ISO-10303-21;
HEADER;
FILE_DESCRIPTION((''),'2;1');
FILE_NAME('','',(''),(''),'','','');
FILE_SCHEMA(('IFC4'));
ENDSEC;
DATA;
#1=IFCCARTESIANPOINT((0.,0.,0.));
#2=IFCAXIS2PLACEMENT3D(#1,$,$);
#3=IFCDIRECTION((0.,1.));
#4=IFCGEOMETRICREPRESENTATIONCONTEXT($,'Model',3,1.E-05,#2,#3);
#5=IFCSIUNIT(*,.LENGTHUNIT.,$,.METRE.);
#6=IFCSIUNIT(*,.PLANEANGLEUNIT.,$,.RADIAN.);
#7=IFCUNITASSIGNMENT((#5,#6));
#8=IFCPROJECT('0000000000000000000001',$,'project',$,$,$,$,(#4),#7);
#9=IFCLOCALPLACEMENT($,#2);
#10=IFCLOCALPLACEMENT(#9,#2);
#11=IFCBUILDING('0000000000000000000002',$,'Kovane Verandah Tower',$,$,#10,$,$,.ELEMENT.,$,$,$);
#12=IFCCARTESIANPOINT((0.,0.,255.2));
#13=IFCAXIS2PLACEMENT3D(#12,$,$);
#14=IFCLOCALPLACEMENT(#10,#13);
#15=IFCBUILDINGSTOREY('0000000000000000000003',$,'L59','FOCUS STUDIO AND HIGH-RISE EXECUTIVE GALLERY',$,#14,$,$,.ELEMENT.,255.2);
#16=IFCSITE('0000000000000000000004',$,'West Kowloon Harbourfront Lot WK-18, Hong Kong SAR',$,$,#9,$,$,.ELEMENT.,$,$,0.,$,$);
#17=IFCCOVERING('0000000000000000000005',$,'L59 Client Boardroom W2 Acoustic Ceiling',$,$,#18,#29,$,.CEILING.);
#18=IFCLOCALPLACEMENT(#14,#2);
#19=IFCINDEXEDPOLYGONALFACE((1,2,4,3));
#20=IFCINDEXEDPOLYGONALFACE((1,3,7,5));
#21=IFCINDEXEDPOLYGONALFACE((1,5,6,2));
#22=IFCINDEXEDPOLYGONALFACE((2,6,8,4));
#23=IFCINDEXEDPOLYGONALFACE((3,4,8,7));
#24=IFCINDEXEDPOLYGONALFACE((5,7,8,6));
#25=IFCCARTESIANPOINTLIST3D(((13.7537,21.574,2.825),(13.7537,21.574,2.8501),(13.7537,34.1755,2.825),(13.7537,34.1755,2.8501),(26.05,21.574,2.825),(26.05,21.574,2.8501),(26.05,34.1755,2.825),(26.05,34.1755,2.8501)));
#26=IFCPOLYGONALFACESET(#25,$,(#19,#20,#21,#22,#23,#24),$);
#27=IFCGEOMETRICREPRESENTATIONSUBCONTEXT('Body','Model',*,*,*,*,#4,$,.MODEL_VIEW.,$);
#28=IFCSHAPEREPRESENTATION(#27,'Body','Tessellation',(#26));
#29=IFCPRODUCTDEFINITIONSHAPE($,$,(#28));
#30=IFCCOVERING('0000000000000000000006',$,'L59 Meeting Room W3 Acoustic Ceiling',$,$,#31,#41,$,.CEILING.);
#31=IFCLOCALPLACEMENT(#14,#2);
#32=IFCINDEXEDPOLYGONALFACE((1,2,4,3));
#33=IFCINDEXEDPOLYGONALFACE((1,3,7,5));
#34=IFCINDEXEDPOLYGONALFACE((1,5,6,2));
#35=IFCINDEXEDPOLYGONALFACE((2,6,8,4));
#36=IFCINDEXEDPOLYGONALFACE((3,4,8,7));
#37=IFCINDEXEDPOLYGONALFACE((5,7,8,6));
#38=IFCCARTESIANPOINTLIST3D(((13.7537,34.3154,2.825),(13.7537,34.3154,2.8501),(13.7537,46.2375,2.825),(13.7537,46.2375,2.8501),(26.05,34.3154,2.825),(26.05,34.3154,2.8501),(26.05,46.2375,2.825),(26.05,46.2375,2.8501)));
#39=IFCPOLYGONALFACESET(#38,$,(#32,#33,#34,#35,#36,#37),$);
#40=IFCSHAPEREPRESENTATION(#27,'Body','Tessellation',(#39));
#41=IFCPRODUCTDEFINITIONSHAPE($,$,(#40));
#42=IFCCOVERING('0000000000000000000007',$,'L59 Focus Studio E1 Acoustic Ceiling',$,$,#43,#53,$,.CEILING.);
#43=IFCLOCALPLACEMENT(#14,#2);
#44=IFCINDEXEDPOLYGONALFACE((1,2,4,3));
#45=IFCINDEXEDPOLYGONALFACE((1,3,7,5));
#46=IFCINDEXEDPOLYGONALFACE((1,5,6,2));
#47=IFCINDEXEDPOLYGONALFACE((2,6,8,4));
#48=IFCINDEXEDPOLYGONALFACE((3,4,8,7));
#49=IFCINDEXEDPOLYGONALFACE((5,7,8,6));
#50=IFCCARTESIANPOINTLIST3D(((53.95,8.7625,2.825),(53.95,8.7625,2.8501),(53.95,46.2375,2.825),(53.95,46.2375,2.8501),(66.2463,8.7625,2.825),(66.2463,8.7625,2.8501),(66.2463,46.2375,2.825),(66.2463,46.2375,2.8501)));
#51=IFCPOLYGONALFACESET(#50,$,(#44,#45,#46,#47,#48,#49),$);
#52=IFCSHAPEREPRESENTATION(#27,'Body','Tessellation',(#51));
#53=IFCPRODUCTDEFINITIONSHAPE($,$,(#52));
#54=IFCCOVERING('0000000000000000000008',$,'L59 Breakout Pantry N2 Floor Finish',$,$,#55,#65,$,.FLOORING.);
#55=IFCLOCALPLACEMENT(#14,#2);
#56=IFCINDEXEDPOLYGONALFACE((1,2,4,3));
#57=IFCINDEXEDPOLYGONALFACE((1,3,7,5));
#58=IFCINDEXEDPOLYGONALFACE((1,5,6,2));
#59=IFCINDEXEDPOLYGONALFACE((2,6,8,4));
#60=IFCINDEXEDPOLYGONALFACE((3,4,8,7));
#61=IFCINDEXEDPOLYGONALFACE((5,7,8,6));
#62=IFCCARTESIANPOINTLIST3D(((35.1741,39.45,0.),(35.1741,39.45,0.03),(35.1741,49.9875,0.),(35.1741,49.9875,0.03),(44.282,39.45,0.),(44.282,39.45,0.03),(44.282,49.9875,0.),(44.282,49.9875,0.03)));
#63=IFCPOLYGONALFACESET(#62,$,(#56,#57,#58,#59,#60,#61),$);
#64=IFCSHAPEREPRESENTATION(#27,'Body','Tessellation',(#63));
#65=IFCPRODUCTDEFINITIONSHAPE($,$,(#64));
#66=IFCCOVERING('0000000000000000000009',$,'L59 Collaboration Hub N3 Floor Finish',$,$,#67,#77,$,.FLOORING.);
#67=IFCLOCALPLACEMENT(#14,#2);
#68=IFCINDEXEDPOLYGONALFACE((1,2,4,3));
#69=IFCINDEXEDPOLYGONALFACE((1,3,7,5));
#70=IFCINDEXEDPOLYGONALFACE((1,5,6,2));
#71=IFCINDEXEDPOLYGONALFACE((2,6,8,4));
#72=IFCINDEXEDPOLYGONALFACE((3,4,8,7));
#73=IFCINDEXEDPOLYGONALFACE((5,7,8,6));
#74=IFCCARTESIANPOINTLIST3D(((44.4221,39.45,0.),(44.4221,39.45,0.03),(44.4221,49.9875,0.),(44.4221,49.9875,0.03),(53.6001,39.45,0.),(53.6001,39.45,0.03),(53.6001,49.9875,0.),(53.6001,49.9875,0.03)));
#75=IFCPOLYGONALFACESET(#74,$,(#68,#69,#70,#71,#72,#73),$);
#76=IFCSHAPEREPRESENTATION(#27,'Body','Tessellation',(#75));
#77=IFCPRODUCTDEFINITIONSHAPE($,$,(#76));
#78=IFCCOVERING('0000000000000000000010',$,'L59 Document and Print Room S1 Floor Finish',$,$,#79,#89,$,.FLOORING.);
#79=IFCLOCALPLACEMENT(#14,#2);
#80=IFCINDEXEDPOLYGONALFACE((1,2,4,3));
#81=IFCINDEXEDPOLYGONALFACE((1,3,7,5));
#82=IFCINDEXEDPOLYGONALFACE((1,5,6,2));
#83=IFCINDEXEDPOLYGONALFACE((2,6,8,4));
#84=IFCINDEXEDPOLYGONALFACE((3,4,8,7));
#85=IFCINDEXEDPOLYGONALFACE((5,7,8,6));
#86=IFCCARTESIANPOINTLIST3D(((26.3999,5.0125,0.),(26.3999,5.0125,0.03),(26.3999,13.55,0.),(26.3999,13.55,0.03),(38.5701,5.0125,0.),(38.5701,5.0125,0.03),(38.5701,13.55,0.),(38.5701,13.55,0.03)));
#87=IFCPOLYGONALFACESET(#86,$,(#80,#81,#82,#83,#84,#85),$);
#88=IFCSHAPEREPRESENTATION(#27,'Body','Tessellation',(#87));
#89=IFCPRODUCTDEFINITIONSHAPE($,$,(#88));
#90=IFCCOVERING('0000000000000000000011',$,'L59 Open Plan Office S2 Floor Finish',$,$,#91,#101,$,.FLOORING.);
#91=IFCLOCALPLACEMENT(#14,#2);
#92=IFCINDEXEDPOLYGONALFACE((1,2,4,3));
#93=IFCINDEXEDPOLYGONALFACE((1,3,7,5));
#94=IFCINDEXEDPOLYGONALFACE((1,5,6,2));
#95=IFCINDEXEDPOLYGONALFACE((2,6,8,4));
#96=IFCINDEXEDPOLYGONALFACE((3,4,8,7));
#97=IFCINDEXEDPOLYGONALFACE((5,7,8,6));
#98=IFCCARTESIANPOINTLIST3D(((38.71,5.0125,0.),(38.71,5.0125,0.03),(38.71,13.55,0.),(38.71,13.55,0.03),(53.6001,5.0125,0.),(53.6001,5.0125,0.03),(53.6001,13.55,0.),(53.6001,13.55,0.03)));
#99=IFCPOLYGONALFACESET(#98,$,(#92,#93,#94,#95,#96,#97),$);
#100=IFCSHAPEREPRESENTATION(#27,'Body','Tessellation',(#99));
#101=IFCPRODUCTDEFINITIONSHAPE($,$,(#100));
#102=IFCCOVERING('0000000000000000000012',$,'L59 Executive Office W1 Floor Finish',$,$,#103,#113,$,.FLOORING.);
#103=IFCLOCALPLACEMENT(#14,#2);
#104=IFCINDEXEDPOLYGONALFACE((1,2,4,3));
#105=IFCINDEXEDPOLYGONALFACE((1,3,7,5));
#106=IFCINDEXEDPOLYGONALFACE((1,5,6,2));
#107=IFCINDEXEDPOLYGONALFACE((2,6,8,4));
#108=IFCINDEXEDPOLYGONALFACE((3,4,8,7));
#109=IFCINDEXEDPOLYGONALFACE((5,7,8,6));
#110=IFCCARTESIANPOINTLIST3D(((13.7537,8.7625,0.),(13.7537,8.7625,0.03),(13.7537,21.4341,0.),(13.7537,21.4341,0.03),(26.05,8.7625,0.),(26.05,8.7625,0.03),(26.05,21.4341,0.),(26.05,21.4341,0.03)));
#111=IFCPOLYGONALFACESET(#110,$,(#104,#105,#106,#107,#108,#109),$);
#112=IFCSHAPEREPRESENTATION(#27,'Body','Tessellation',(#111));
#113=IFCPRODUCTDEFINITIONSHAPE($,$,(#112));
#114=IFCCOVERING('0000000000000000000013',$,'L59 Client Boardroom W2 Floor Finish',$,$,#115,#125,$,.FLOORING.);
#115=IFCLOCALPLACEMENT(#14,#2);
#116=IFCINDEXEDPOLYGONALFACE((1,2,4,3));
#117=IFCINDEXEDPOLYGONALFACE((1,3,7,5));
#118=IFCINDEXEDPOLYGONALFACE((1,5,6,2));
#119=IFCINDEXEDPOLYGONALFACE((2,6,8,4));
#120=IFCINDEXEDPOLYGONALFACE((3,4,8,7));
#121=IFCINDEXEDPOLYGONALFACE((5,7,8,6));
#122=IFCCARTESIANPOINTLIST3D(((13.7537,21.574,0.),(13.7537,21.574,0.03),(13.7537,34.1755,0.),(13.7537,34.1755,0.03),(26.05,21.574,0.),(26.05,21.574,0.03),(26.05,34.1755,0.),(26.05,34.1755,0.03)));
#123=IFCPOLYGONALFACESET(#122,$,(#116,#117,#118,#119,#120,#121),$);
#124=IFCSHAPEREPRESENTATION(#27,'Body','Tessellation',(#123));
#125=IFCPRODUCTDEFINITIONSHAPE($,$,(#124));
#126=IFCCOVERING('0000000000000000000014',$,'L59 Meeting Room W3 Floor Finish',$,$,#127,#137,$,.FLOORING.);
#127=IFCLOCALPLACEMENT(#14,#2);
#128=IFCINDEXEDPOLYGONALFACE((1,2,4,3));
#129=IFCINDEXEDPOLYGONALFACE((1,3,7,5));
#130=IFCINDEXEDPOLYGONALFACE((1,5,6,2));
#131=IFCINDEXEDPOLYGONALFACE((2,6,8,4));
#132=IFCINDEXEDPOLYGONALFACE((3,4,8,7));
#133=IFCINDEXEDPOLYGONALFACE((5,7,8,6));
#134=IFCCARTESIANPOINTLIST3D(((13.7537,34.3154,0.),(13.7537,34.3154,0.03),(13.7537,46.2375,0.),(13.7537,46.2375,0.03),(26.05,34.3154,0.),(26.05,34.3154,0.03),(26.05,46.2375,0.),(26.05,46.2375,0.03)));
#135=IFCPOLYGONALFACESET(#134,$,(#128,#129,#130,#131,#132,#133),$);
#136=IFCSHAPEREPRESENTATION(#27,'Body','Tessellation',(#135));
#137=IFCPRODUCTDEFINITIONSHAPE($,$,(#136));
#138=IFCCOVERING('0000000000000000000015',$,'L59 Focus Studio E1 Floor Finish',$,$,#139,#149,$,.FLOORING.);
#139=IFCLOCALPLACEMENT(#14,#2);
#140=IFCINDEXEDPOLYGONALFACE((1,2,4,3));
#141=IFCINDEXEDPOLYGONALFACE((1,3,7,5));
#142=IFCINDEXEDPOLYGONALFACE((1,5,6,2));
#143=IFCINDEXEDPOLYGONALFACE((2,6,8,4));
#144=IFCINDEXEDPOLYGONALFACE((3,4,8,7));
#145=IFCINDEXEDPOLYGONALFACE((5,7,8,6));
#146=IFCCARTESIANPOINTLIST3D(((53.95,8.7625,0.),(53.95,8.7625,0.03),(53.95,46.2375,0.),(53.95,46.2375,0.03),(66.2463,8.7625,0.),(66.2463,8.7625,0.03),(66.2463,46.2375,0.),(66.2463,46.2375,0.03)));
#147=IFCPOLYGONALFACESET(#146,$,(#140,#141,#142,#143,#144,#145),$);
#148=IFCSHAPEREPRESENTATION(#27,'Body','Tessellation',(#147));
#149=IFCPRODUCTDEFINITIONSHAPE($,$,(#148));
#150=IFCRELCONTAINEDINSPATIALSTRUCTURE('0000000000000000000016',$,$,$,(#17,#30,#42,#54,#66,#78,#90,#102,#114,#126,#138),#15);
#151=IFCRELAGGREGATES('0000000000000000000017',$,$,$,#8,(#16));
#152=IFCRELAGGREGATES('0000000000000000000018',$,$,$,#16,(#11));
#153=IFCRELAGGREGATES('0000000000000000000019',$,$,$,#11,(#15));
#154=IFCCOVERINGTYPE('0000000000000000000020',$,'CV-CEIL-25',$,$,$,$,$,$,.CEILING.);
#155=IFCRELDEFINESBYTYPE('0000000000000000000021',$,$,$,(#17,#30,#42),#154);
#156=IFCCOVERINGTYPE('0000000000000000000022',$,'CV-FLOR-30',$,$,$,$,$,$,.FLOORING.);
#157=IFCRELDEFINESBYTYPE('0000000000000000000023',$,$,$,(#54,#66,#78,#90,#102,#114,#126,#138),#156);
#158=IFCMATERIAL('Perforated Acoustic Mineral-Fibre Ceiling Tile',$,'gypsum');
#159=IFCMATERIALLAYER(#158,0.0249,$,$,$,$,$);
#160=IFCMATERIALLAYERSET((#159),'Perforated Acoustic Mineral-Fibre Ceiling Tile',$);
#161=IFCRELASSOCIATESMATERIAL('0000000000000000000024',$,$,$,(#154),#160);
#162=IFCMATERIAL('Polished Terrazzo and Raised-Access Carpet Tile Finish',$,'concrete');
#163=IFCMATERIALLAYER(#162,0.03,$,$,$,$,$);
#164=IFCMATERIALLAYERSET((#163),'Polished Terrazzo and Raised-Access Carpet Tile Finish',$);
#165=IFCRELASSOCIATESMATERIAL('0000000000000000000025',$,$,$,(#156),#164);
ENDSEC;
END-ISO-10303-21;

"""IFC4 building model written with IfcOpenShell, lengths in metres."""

from ifc_helpers import new_model, si_unit, direction, frame, origin, place, context, subcontext, project, spatial, polyline, outline, extrude, material, layer, layer_set, type_object, element, save


model = new_model("IFC4")

# Units and contexts
model_context = context("Model", 3, precision=1e-05, world=origin(), true_north=direction((0.0, 1.0)))
body_context = subcontext(model_context, "Body", "Model", "MODEL_VIEW")
ifc_project = project(units=[si_unit("LENGTHUNIT", "METRE"), si_unit("PLANEANGLEUNIT", "RADIAN")], contexts=[model_context])

# Site, building, storey
site_placement = place(None, origin())
site = spatial("IfcSite", under=ifc_project, at=site_placement, Name="West Kowloon Harbourfront Lot WK-18, Hong Kong SAR", CompositionType="ELEMENT", RefElevation=0.0)
building_placement = place(site_placement, origin())
building = spatial("IfcBuilding", under=site, at=building_placement, Name="Kovane Verandah Tower", CompositionType="ELEMENT")
storey_placement = place(building_placement, frame((0.0, 0.0, 255.2)))
storey = spatial("IfcBuildingStorey", under=building, at=storey_placement, Name="L59", Description="FOCUS STUDIO AND HIGH-RISE EXECUTIVE GALLERY", CompositionType="ELEMENT", Elevation=255.2)

# Coverings
ifc_material_1 = material(Name="Perforated Acoustic Mineral-Fibre Ceiling Tile", Category="gypsum")
ifc_layer_1 = layer(ifc_material_1, 0.0249)
ifc_layer_set_1 = layer_set([ifc_layer_1], Name="Perforated Acoustic Mineral-Fibre Ceiling Tile")
covering_type_1 = type_object("IfcCoveringType", Name="CV-CEIL-25", PredefinedType="CEILING", material=ifc_layer_set_1)
covering_1_placement = place(storey_placement, frame((0.0, 0.0, 2.825)))
element("IfcCovering", 1, at=covering_1_placement, inside=storey, type_object=covering_type_1, Name="L59 Client Boardroom W2 Acoustic Ceiling", PredefinedType="CEILING", context=body_context, shape_type="SweptSolid", body=[
    extrude(outline(polyline([(13.7537, 21.574), (26.05, 21.574), (26.05, 34.1755), (13.7537, 34.1755), (13.7537, 21.574)])), origin(), (0.0, 0.0, 1.0), 0.0251),
])
covering_2_placement = place(storey_placement, frame((0.0, 0.0, 2.825)))
element("IfcCovering", 2, at=covering_2_placement, inside=storey, type_object=covering_type_1, Name="L59 Meeting Room W3 Acoustic Ceiling", PredefinedType="CEILING", context=body_context, shape_type="SweptSolid", body=[
    extrude(outline(polyline([(13.7537, 34.3154), (26.05, 34.3154), (26.05, 46.2375), (13.7537, 46.2375), (13.7537, 34.3154)])), origin(), (0.0, 0.0, 1.0), 0.0251),
])
covering_3_placement = place(storey_placement, frame((0.0, 0.0, 2.825)))
element("IfcCovering", 3, at=covering_3_placement, inside=storey, type_object=covering_type_1, Name="L59 Focus Studio E1 Acoustic Ceiling", PredefinedType="CEILING", context=body_context, shape_type="SweptSolid", body=[
    extrude(outline(polyline([(53.95, 8.7625), (66.2463, 8.7625), (66.2463, 46.2375), (53.95, 46.2375), (53.95, 8.7625)])), origin(), (0.0, 0.0, 1.0), 0.0251),
])
ifc_material_2 = material(Name="Polished Terrazzo and Raised-Access Carpet Tile Finish", Category="concrete")
ifc_layer_2 = layer(ifc_material_2, 0.03)
ifc_layer_set_2 = layer_set([ifc_layer_2], Name="Polished Terrazzo and Raised-Access Carpet Tile Finish")
covering_type_2 = type_object("IfcCoveringType", Name="CV-FLOR-30", PredefinedType="FLOORING", material=ifc_layer_set_2)
covering_4_placement = place(storey_placement, origin())
element("IfcCovering", 4, at=covering_4_placement, inside=storey, type_object=covering_type_2, Name="L59 Breakout Pantry N2 Floor Finish", PredefinedType="FLOORING", context=body_context, shape_type="SweptSolid", body=[
    extrude(outline(polyline([(35.1741, 39.45), (44.282, 39.45), (44.282, 49.9875), (35.1741, 49.9875), (35.1741, 39.45)])), origin(), (0.0, 0.0, 1.0), 0.03),
])
covering_5_placement = place(storey_placement, origin())
element("IfcCovering", 5, at=covering_5_placement, inside=storey, type_object=covering_type_2, Name="L59 Collaboration Hub N3 Floor Finish", PredefinedType="FLOORING", context=body_context, shape_type="SweptSolid", body=[
    extrude(outline(polyline([(44.4221, 39.45), (53.6001, 39.45), (53.6001, 49.9875), (44.4221, 49.9875), (44.4221, 39.45)])), origin(), (0.0, 0.0, 1.0), 0.03),
])
covering_6_placement = place(storey_placement, origin())
element("IfcCovering", 6, at=covering_6_placement, inside=storey, type_object=covering_type_2, Name="L59 Document and Print Room S1 Floor Finish", PredefinedType="FLOORING", context=body_context, shape_type="SweptSolid", body=[
    extrude(outline(polyline([(26.3999, 5.0125), (38.5701, 5.0125), (38.5701, 13.55), (26.3999, 13.55), (26.3999, 5.0125)])), origin(), (0.0, 0.0, 1.0), 0.03),
])
covering_7_placement = place(storey_placement, origin())
element("IfcCovering", 7, at=covering_7_placement, inside=storey, type_object=covering_type_2, Name="L59 Open Plan Office S2 Floor Finish", PredefinedType="FLOORING", context=body_context, shape_type="SweptSolid", body=[
    extrude(outline(polyline([(38.71, 5.0125), (53.6001, 5.0125), (53.6001, 13.55), (38.71, 13.55), (38.71, 5.0125)])), origin(), (0.0, 0.0, 1.0), 0.03),
])
covering_8_placement = place(storey_placement, origin())
element("IfcCovering", 8, at=covering_8_placement, inside=storey, type_object=covering_type_2, Name="L59 Executive Office W1 Floor Finish", PredefinedType="FLOORING", context=body_context, shape_type="SweptSolid", body=[
    extrude(outline(polyline([(13.7537, 8.7625), (26.05, 8.7625), (26.05, 21.4341), (13.7537, 21.4341), (13.7537, 8.7625)])), origin(), (0.0, 0.0, 1.0), 0.03),
])
covering_9_placement = place(storey_placement, origin())
element("IfcCovering", 9, at=covering_9_placement, inside=storey, type_object=covering_type_2, Name="L59 Client Boardroom W2 Floor Finish", PredefinedType="FLOORING", context=body_context, shape_type="SweptSolid", body=[
    extrude(outline(polyline([(13.7537, 21.574), (26.05, 21.574), (26.05, 34.1755), (13.7537, 34.1755), (13.7537, 21.574)])), origin(), (0.0, 0.0, 1.0), 0.03),
])
covering_10_placement = place(storey_placement, origin())
element("IfcCovering", 10, at=covering_10_placement, inside=storey, type_object=covering_type_2, Name="L59 Meeting Room W3 Floor Finish", PredefinedType="FLOORING", context=body_context, shape_type="SweptSolid", body=[
    extrude(outline(polyline([(13.7537, 34.3154), (26.05, 34.3154), (26.05, 46.2375), (13.7537, 46.2375), (13.7537, 34.3154)])), origin(), (0.0, 0.0, 1.0), 0.03),
])
covering_11_placement = place(storey_placement, origin())
element("IfcCovering", 11, at=covering_11_placement, inside=storey, type_object=covering_type_2, Name="L59 Focus Studio E1 Floor Finish", PredefinedType="FLOORING", context=body_context, shape_type="SweptSolid", body=[
    extrude(outline(polyline([(53.95, 8.7625), (66.2463, 8.7625), (66.2463, 46.2375), (53.95, 46.2375), (53.95, 8.7625)])), origin(), (0.0, 0.0, 1.0), 0.03),
])

save(model, "model.ifc")
